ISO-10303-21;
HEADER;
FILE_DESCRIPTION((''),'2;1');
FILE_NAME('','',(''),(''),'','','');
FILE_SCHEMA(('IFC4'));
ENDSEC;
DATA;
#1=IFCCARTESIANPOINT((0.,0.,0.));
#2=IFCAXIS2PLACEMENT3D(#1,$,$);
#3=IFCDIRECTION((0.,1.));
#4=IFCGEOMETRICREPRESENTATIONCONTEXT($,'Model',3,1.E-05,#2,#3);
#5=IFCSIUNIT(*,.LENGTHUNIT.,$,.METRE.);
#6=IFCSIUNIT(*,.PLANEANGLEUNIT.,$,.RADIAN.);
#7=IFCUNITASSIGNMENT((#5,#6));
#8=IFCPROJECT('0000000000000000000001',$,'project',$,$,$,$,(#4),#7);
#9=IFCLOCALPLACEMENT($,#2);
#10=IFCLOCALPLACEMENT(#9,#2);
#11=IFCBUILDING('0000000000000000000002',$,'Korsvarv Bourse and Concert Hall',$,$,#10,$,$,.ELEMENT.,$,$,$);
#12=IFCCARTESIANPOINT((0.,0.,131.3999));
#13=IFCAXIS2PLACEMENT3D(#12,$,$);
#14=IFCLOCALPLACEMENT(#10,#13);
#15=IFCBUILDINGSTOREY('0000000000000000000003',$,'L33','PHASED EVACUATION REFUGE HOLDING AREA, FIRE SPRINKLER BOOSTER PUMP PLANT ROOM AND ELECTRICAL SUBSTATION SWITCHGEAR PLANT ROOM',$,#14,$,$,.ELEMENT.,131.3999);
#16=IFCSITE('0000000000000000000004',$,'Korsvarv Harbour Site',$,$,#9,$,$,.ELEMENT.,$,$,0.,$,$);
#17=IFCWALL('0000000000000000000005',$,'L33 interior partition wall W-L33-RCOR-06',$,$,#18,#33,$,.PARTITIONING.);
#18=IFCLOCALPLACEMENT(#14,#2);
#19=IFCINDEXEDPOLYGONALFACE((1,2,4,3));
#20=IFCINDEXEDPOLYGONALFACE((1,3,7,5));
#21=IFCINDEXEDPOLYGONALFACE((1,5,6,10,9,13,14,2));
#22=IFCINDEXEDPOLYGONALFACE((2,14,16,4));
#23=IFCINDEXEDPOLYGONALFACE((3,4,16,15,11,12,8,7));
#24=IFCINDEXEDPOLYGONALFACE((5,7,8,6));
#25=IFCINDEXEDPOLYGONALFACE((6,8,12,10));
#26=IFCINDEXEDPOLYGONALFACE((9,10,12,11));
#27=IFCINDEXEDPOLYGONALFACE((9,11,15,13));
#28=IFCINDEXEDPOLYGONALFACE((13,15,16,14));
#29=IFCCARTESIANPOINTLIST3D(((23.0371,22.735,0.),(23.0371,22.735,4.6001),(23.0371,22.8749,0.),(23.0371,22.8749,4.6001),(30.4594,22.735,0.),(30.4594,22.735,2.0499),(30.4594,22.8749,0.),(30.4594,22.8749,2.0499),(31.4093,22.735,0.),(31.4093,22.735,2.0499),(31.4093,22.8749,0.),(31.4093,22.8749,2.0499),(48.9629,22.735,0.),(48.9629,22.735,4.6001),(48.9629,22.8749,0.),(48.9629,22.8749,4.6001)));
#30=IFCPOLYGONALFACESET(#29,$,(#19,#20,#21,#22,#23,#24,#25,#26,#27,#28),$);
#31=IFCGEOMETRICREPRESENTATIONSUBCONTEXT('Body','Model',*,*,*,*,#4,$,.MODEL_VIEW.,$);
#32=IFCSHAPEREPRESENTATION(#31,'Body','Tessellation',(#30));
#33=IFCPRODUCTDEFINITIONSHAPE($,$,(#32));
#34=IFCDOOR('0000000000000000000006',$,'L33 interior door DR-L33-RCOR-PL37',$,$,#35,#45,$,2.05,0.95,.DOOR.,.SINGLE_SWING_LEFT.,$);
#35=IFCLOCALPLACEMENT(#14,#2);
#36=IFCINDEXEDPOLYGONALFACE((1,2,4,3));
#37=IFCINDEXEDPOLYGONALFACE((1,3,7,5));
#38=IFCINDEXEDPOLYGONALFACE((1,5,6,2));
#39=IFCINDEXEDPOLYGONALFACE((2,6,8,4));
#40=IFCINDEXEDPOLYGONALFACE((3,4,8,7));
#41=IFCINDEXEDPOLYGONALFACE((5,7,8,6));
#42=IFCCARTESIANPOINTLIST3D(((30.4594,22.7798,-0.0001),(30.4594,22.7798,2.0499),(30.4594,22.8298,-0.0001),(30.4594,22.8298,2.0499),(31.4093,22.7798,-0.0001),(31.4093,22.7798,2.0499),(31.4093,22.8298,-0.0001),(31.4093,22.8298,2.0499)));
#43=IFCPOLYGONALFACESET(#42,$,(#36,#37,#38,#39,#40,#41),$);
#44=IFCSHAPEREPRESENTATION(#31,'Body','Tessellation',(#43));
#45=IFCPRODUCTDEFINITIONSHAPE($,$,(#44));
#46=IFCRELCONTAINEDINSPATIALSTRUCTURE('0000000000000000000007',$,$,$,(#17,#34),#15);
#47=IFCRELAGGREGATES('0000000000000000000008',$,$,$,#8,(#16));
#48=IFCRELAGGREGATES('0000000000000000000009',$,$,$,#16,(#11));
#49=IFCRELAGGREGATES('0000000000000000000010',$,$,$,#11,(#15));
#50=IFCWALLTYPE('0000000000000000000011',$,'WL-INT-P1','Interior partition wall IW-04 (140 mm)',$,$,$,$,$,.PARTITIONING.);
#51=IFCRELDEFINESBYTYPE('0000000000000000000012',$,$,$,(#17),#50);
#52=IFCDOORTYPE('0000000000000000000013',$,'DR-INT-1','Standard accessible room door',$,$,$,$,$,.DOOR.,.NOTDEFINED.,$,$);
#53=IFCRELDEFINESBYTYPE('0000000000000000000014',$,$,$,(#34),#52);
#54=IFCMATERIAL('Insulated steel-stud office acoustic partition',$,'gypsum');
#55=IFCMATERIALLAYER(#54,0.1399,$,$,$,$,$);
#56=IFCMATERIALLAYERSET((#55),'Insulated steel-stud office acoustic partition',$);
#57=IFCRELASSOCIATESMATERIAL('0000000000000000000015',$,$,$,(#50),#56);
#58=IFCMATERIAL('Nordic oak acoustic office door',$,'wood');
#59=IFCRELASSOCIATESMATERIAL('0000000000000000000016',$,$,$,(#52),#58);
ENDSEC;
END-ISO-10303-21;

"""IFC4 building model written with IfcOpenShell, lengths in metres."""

from ifc_helpers import new_model, si_unit, direction, frame, frame_2d, origin, place, context, subcontext, project, spatial, rectangle, extrude, material, layer, layer_set, type_object, element, fill, save


model = new_model("IFC4")

# Units and contexts
model_context = context("Model", 3, precision=1e-05, world=origin(), true_north=direction((0.0, 1.0)))
body_context = subcontext(model_context, "Body", "Model", "MODEL_VIEW")
ifc_project = project(units=[si_unit("LENGTHUNIT", "METRE"), si_unit("PLANEANGLEUNIT", "RADIAN")], contexts=[model_context])

# Site, building, storey
site_placement = place(None, origin())
site = spatial("IfcSite", under=ifc_project, at=site_placement, Name="Korsvarv Harbour Site", CompositionType="ELEMENT", RefElevation=0.0)
building_placement = place(site_placement, origin())
building = spatial("IfcBuilding", under=site, at=building_placement, Name="Korsvarv Bourse and Concert Hall", CompositionType="ELEMENT")
storey_placement = place(building_placement, frame((0.0, 0.0, 131.3999)))
storey = spatial("IfcBuildingStorey", under=building, at=storey_placement, Name="L33", Description="PHASED EVACUATION REFUGE HOLDING AREA, FIRE SPRINKLER BOOSTER PUMP PLANT ROOM AND ELECTRICAL SUBSTATION SWITCHGEAR PLANT ROOM", CompositionType="ELEMENT", Elevation=131.3999)

# Wall, opening, door
ifc_material_1 = material(Name="Insulated steel-stud office acoustic partition", Category="gypsum")
ifc_layer_1 = layer(ifc_material_1, 0.1399)
ifc_layer_set_1 = layer_set([ifc_layer_1], Name="Insulated steel-stud office acoustic partition")
wall_type_1 = type_object("IfcWallType", Name="WL-INT-P1", Description="Interior partition wall IW-04 (140 mm)", PredefinedType="PARTITIONING", material=ifc_layer_set_1)
wall_1_placement = place(storey_placement, frame((23.0371, 22.8049, 0.0), z_axis=(0.0, 0.0, 1.0), x_axis=(1.0, 0.0, 0.0)))
wall_1 = element("IfcWall", 1, at=wall_1_placement, inside=storey, type_object=wall_type_1, Name="L33 interior partition wall W-L33-RCOR-06", PredefinedType="PARTITIONING", context=body_context, shape_type="SweptSolid", body=[
    extrude(rectangle(XDim=25.9258, YDim=0.1399, at=frame_2d((12.9629, 0.0))), origin(), (0.0, 0.0, 1.0), 4.6001),
])
opening_1_placement = place(wall_1_placement, frame((7.4221, 0.0, 0.0)))
opening_1 = element("IfcOpeningElement", 2, at=opening_1_placement, cuts=wall_1, PredefinedType="OPENING", context=body_context, shape_type="SweptSolid", body=[
    extrude(rectangle(XDim=0.95, YDim=2.05, at=frame_2d((0.4751, 1.0249))), frame((0.0, 0.0801, 0.0), z_axis=(0.0, -1.0, 0.0), x_axis=(1.0, 0.0, 0.0)), (0.0, 0.0, 1.0), 0.1599),
])
ifc_material_2 = material(Name="Nordic oak acoustic office door", Category="wood")
door_type_1 = type_object("IfcDoorType", Name="DR-INT-1", Description="Standard accessible room door", OperationType="NOTDEFINED", PredefinedType="DOOR", material=ifc_material_2)
door_1_placement = place(opening_1_placement, origin())
door_1 = element("IfcDoor", 3, at=door_1_placement, inside=storey, type_object=door_type_1, Name="L33 interior door DR-L33-RCOR-PL37", OperationType="SINGLE_SWING_LEFT", OverallHeight=2.05, OverallWidth=0.95, PredefinedType="DOOR", context=body_context, shape_type="SweptSolid", body=[
    extrude(rectangle(XDim=0.95, YDim=2.05, at=frame_2d((0.4751, 1.0249))), frame((0.0, 0.0249, 0.0), z_axis=(0.0, -1.0, 0.0), x_axis=(1.0, 0.0, 0.0)), (0.0, 0.0, 1.0), 0.05),
])
fill(opening_1, door_1)

save(model, "model.ifc")
